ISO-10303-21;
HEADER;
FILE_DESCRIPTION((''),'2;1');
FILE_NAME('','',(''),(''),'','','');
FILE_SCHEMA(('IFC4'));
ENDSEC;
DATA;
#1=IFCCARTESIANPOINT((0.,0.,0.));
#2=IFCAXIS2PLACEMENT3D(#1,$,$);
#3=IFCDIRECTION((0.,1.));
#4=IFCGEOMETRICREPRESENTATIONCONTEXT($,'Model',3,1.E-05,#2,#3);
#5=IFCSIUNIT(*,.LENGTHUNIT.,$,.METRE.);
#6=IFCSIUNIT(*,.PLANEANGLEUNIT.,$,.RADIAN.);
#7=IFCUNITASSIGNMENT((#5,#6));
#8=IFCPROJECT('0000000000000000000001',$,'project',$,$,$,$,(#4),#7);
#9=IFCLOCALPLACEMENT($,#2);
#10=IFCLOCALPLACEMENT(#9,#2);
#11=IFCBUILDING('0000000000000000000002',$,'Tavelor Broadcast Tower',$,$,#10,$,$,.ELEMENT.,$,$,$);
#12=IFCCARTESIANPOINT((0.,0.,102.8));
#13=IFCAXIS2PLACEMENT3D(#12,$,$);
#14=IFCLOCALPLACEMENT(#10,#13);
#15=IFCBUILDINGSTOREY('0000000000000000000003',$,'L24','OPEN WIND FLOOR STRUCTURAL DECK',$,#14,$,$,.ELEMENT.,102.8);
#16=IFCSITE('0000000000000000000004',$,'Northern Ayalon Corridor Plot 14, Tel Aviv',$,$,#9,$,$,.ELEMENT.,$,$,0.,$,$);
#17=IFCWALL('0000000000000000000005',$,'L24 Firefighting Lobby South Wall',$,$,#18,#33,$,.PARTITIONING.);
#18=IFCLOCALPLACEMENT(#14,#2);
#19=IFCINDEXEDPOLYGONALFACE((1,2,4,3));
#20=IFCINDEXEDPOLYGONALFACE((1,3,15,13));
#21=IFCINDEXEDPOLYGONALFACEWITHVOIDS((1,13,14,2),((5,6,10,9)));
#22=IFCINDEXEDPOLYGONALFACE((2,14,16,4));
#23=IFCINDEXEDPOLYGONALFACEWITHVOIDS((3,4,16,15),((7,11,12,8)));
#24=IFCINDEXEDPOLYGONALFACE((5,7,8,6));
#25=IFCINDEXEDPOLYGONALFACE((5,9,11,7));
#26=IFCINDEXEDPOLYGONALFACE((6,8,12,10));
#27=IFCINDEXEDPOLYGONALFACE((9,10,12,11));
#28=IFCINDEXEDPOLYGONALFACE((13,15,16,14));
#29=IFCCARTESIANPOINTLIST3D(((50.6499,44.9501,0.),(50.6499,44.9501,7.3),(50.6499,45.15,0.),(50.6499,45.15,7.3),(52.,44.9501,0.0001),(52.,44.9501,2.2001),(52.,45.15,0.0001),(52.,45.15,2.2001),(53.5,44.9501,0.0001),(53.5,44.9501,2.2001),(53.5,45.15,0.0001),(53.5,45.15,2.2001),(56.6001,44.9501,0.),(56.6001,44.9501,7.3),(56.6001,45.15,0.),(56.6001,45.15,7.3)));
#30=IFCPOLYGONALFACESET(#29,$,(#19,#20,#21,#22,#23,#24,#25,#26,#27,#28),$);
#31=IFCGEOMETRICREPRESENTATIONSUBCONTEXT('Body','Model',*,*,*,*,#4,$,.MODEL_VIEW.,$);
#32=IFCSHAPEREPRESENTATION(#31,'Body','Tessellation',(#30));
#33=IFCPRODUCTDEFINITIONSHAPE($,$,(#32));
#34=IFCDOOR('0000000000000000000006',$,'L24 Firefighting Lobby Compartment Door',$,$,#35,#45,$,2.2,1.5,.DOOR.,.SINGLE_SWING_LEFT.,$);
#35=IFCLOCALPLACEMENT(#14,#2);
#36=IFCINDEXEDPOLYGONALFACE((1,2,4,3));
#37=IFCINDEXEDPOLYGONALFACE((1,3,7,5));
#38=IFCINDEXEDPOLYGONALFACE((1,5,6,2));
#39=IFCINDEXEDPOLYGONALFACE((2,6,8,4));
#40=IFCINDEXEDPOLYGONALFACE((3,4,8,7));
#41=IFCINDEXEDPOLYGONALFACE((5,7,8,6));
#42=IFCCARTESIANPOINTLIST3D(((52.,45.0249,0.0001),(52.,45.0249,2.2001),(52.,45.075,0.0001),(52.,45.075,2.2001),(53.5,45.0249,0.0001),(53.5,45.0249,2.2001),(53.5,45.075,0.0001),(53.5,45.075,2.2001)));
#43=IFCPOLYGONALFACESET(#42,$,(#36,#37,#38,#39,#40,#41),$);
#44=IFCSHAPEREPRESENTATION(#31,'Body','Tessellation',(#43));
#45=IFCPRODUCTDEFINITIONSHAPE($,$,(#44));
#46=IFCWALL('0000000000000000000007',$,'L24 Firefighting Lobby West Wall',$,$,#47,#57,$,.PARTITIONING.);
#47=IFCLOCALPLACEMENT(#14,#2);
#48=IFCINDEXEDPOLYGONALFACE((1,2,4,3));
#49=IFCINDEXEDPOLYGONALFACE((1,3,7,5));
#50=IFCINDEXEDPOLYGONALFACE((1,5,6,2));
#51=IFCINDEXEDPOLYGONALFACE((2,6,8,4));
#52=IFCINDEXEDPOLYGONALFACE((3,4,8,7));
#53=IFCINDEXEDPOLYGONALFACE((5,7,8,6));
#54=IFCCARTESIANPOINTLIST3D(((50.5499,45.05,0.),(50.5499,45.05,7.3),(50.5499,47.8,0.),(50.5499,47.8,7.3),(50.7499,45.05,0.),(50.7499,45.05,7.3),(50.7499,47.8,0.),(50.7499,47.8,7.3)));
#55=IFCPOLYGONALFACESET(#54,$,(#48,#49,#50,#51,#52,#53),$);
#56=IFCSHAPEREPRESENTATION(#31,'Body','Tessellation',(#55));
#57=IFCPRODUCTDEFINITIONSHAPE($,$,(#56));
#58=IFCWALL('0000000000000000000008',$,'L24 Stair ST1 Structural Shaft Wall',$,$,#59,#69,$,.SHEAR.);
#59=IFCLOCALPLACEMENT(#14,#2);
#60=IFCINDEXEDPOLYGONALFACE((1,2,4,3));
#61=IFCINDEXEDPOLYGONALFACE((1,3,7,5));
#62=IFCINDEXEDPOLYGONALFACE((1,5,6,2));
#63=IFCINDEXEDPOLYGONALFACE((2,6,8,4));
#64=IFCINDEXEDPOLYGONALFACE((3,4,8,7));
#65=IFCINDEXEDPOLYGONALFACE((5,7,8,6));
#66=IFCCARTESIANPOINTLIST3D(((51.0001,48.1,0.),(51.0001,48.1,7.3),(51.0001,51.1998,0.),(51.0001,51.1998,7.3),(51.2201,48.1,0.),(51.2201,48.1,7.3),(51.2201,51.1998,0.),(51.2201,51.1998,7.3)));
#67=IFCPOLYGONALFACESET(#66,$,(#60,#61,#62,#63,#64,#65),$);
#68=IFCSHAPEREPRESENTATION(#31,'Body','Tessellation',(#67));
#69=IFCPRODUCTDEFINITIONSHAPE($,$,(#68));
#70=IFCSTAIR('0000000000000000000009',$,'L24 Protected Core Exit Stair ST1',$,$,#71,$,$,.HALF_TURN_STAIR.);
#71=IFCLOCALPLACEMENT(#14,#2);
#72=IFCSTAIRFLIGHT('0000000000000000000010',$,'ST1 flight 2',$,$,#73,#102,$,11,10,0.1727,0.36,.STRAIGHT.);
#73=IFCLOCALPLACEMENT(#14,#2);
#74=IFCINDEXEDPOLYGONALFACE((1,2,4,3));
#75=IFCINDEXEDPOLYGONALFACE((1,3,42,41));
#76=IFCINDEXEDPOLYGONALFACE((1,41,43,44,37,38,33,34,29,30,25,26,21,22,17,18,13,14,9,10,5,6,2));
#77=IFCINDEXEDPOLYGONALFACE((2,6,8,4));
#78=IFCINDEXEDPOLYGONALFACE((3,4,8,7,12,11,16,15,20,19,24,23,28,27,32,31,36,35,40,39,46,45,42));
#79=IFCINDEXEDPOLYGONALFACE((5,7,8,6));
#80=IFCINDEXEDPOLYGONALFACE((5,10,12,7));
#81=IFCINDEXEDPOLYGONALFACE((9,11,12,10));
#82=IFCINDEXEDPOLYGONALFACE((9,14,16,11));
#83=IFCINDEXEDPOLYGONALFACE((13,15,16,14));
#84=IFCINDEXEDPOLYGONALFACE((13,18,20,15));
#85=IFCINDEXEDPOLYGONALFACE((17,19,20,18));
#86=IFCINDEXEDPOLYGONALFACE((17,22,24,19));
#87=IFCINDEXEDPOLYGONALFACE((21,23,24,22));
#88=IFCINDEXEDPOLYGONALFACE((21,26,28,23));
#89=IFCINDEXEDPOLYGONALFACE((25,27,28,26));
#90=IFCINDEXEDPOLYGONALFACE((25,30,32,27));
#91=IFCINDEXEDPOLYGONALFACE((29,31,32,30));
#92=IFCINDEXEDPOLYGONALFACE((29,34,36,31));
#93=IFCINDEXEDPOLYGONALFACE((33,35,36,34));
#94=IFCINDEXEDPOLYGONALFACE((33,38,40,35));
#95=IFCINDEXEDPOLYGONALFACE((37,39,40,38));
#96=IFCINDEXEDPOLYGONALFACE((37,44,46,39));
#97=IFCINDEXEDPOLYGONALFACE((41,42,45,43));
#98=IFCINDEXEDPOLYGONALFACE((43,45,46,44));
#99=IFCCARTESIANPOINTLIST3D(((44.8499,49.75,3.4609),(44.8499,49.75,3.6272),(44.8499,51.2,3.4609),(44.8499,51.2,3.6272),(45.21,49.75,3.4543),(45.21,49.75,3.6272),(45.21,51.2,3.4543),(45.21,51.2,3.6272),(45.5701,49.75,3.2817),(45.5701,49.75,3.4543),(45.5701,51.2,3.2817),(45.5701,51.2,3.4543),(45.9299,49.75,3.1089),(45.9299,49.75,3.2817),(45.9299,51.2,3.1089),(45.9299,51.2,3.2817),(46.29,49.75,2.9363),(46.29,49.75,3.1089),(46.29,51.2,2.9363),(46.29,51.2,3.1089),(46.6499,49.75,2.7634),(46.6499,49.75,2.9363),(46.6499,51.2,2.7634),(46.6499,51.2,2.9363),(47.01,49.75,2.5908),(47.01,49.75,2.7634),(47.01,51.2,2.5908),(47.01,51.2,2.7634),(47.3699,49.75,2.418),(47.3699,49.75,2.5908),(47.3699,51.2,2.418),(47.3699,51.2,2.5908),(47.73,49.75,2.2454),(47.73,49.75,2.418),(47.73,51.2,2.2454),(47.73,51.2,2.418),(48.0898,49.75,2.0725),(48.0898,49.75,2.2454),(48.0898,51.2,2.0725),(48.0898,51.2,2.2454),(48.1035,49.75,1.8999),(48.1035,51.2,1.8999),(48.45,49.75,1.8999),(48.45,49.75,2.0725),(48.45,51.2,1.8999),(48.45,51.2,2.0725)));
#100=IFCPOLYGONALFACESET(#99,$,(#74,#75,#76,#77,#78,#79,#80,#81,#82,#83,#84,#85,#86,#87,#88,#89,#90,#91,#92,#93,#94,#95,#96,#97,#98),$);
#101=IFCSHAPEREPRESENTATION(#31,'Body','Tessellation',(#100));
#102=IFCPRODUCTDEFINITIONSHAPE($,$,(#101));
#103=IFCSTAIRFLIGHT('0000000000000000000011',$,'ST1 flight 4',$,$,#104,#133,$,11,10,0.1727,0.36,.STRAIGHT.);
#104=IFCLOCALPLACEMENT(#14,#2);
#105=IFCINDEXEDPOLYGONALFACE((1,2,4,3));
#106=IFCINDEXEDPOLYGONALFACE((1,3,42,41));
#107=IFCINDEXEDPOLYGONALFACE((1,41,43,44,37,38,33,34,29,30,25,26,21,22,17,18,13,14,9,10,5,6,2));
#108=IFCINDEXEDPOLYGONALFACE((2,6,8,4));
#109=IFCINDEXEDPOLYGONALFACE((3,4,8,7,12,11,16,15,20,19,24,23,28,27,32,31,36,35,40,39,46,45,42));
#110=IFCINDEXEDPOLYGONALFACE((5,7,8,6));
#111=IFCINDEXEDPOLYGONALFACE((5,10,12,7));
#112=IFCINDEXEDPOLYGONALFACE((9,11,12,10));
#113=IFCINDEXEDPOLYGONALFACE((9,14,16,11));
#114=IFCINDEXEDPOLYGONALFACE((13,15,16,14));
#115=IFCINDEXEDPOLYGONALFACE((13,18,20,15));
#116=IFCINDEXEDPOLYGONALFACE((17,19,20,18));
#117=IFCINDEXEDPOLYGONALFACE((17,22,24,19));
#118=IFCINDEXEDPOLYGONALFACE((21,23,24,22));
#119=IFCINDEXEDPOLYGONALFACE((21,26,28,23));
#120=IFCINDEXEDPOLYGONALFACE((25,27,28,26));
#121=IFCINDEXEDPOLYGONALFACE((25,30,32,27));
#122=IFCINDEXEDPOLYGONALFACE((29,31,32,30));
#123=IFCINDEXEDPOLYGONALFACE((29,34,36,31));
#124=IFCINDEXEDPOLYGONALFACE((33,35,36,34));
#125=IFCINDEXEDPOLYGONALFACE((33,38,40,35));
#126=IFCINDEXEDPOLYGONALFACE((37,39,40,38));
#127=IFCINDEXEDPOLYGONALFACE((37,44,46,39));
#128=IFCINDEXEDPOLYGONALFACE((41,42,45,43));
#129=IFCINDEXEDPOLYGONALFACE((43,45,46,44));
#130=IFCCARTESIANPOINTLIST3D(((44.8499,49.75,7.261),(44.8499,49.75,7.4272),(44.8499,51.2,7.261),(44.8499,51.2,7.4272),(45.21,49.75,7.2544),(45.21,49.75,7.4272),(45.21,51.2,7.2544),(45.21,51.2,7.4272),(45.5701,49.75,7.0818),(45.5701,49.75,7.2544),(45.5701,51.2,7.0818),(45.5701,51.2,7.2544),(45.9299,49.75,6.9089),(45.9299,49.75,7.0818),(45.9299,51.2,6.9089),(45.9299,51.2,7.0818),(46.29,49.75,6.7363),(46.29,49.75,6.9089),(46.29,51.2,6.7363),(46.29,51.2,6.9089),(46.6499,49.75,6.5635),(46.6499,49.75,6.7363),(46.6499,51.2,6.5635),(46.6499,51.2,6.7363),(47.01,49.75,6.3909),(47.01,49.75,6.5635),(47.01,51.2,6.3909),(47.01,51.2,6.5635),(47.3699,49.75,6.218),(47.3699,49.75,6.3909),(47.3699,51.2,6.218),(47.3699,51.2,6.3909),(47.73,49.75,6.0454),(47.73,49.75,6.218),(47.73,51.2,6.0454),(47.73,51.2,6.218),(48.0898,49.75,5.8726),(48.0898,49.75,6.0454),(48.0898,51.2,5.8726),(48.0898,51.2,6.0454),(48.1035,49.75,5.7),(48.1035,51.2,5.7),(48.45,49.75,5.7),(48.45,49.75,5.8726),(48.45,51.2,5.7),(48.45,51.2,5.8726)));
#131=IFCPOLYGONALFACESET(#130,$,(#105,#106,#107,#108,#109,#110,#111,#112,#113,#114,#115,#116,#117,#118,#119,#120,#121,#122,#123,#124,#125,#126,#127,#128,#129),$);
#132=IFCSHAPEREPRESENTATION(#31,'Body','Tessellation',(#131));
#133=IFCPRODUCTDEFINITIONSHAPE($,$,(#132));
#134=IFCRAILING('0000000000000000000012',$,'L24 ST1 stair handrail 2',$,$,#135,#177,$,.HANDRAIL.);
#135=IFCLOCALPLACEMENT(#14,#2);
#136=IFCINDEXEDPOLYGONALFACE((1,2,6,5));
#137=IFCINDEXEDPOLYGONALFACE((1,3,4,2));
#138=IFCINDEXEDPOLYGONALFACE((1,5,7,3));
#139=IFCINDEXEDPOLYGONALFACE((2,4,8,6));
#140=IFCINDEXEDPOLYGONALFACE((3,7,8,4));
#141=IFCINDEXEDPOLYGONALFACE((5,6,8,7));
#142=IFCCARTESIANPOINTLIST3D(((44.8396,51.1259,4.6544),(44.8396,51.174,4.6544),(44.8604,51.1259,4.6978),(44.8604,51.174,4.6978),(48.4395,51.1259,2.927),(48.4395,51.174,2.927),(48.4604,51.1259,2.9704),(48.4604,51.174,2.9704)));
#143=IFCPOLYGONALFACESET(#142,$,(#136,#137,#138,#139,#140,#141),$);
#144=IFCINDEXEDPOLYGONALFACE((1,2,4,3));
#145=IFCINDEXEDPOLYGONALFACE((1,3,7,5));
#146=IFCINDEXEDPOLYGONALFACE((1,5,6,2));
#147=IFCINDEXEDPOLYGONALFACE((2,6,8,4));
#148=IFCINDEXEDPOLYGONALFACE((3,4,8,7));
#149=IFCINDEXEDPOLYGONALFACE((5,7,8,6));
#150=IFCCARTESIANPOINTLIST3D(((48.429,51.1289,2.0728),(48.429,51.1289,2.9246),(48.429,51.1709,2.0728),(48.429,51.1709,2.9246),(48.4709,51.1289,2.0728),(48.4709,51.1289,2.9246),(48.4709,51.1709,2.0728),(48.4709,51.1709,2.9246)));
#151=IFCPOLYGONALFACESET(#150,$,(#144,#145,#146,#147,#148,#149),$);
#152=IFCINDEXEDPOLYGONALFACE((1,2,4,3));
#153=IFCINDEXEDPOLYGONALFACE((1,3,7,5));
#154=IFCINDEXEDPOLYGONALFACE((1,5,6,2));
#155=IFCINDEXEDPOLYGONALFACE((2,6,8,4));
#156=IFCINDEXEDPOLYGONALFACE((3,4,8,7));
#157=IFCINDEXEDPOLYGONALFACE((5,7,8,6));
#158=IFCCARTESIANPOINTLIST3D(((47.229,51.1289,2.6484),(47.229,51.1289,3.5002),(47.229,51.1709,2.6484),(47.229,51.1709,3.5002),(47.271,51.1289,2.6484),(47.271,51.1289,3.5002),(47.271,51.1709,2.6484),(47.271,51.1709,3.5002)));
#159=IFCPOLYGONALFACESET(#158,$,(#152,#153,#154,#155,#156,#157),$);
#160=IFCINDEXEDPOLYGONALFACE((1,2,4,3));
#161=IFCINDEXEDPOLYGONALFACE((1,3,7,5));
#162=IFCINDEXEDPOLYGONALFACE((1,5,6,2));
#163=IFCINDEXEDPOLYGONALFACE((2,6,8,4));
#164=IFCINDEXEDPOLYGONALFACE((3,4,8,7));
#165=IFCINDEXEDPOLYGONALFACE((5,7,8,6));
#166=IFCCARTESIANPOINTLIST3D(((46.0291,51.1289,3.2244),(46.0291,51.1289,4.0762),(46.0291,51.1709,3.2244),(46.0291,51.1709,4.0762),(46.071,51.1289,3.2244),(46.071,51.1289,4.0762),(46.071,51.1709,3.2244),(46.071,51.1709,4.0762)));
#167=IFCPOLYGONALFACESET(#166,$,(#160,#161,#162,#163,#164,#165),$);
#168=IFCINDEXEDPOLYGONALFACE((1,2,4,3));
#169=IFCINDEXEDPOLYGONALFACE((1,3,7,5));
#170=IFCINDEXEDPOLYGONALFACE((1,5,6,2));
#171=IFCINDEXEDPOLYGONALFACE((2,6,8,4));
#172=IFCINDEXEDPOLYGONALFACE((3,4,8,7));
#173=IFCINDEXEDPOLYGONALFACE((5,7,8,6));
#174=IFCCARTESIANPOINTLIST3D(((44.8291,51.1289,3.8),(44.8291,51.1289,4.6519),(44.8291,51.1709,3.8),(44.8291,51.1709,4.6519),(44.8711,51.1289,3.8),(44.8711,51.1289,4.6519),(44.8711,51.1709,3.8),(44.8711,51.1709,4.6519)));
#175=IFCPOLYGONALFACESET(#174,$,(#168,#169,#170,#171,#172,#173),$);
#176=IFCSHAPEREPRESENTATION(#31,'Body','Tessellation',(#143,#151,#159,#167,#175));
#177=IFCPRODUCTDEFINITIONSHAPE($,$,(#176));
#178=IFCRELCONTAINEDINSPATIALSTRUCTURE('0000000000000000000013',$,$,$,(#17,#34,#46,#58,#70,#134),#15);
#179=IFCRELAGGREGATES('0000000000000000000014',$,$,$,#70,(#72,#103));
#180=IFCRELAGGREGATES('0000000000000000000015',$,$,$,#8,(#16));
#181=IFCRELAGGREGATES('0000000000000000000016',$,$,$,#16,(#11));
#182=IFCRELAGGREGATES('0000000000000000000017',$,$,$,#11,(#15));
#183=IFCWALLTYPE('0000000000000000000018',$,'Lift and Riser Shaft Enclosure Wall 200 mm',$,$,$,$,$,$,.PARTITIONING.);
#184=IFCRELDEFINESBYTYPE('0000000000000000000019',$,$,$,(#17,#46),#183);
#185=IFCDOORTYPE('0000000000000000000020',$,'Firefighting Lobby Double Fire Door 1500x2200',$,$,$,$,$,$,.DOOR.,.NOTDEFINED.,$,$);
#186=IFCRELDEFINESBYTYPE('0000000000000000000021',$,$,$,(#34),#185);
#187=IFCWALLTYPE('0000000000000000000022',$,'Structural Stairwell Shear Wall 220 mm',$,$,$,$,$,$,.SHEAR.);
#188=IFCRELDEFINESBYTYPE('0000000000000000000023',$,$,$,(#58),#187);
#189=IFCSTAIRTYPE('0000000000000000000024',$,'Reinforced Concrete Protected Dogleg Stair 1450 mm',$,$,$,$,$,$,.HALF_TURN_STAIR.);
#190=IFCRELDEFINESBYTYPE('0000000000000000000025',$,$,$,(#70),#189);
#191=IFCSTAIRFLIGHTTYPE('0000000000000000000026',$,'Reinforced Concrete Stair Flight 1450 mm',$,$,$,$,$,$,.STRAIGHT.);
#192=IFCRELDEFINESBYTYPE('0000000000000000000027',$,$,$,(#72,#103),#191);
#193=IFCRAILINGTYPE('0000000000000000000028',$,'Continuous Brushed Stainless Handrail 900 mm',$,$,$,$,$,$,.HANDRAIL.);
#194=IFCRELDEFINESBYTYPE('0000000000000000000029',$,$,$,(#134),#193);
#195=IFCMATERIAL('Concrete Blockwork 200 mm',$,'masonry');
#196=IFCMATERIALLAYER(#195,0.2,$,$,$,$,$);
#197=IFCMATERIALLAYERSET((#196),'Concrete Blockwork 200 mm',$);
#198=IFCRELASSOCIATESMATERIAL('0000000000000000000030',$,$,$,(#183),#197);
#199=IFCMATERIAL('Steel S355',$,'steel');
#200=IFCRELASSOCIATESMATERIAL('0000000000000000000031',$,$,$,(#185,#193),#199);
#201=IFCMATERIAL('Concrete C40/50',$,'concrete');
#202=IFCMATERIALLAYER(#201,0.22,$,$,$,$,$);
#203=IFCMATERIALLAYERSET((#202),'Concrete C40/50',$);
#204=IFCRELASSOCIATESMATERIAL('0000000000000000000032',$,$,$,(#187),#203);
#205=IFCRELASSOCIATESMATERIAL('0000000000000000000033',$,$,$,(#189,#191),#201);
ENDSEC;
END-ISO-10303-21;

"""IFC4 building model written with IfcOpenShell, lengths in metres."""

from ifc_helpers import new_model, si_unit, direction, frame, frame_2d, origin, origin_2d, place, context, subcontext, project, spatial, polyline, rectangle, outline, extrude, material, layer, layer_set, type_object, element, fill, aggregate, save


model = new_model("IFC4")

# Units and contexts
model_context = context("Model", 3, precision=1e-05, world=origin(), true_north=direction((0.0, 1.0)))
body_context = subcontext(model_context, "Body", "Model", "MODEL_VIEW")
ifc_project = project(units=[si_unit("LENGTHUNIT", "METRE"), si_unit("PLANEANGLEUNIT", "RADIAN")], contexts=[model_context])

# Site, building, storey
site_placement = place(None, origin())
site = spatial("IfcSite", under=ifc_project, at=site_placement, Name="Northern Ayalon Corridor Plot 14, Tel Aviv", CompositionType="ELEMENT", RefElevation=0.0)
building_placement = place(site_placement, origin())
building = spatial("IfcBuilding", under=site, at=building_placement, Name="Tavelor Broadcast Tower", CompositionType="ELEMENT")
storey_placement = place(building_placement, frame((0.0, 0.0, 102.8)))
storey = spatial("IfcBuildingStorey", under=building, at=storey_placement, Name="L24", Description="OPEN WIND FLOOR STRUCTURAL DECK", CompositionType="ELEMENT", Elevation=102.8)

# Shared definitions
ifc_material_1 = material(Name="Concrete C40/50", Category="concrete")
ifc_material_2 = material(Name="Steel S355", Category="steel")

# Shared definitions
ifc_material_3 = material(Name="Concrete Blockwork 200 mm", Category="masonry")
ifc_layer_1 = layer(ifc_material_3, 0.2)
ifc_layer_set_1 = layer_set([ifc_layer_1], Name="Concrete Blockwork 200 mm")
wall_type_1 = type_object("IfcWallType", Name="Lift and Riser Shaft Enclosure Wall 200 mm", PredefinedType="PARTITIONING", material=ifc_layer_set_1)

# Wall, opening, door
wall_1_placement = place(storey_placement, frame((50.6499, 45.05, 0.0), z_axis=(0.0, 0.0, 1.0), x_axis=(1.0, 0.0, 0.0)))
wall_1 = element("IfcWall", 1, at=wall_1_placement, inside=storey, type_object=wall_type_1, Name="L24 Firefighting Lobby South Wall", PredefinedType="PARTITIONING", context=body_context, shape_type="SweptSolid", body=[
    extrude(rectangle(XDim=5.9502, YDim=0.2, at=frame_2d((2.9751, 0.0))), origin(), (0.0, 0.0, 1.0), 7.3),
])
opening_placement = place(wall_1_placement, frame((1.3501, 0.0, 0.0)))
opening = element("IfcOpeningElement", 2, at=opening_placement, cuts=wall_1, PredefinedType="OPENING", context=body_context, shape_type="SweptSolid", body=[
    extrude(rectangle(XDim=1.5, YDim=2.2, at=frame_2d((0.75, 1.1001))), frame((0.0, 0.1099, 0.0), z_axis=(0.0, -1.0, 0.0), x_axis=(1.0, 0.0, 0.0)), (0.0, 0.0, 1.0), 0.22),
])
door_type = type_object("IfcDoorType", Name="Firefighting Lobby Double Fire Door 1500x2200", OperationType="NOTDEFINED", PredefinedType="DOOR", material=ifc_material_2)
door_placement = place(opening_placement, origin())
door = element("IfcDoor", 3, at=door_placement, inside=storey, type_object=door_type, Name="L24 Firefighting Lobby Compartment Door", OperationType="SINGLE_SWING_LEFT", OverallHeight=2.2, OverallWidth=1.5, PredefinedType="DOOR", context=body_context, shape_type="SweptSolid", body=[
    extrude(rectangle(XDim=1.5, YDim=2.2, at=frame_2d((0.75, 1.1001))), frame((0.0, 0.0249, 0.0), z_axis=(0.0, -1.0, 0.0), x_axis=(1.0, 0.0, 0.0)), (0.0, 0.0, 1.0), 0.05),
])
fill(opening, door)

# Walls
wall_2_placement = place(storey_placement, frame((50.6499, 45.05, 0.0), z_axis=(0.0, 0.0, 1.0), x_axis=(0.0, 1.0, 0.0)))
element("IfcWall", 4, at=wall_2_placement, inside=storey, type_object=wall_type_1, Name="L24 Firefighting Lobby West Wall", PredefinedType="PARTITIONING", context=body_context, shape_type="SweptSolid", body=[
    extrude(rectangle(XDim=2.75, YDim=0.2, at=frame_2d((1.375, 0.0))), origin(), (0.0, 0.0, 1.0), 7.3),
])
ifc_layer_2 = layer(ifc_material_1, 0.22)
ifc_layer_set_2 = layer_set([ifc_layer_2], Name="Concrete C40/50")
wall_type_2 = type_object("IfcWallType", Name="Structural Stairwell Shear Wall 220 mm", PredefinedType="SHEAR", material=ifc_layer_set_2)
wall_3_placement = place(storey_placement, frame((51.1101, 48.1001, 0.0), z_axis=(0.0, 0.0, 1.0), x_axis=(0.0, 1.0, 0.0)))
element("IfcWall", 5, at=wall_3_placement, inside=storey, type_object=wall_type_2, Name="L24 Stair ST1 Structural Shaft Wall", PredefinedType="SHEAR", context=body_context, shape_type="SweptSolid", body=[
    extrude(rectangle(XDim=3.0999, YDim=0.22, at=frame_2d((1.5498, 0.0))), origin(), (0.0, 0.0, 1.0), 7.3),
])

# Stair, stair flights
stair_type = type_object("IfcStairType", Name="Reinforced Concrete Protected Dogleg Stair 1450 mm", PredefinedType="HALF_TURN_STAIR", material=ifc_material_1)
stair_placement = place(storey_placement, origin())
stair = element("IfcStair", 6, at=stair_placement, inside=storey, type_object=stair_type, Name="L24 Protected Core Exit Stair ST1", PredefinedType="HALF_TURN_STAIR")
stair_flight_type = type_object("IfcStairFlightType", Name="Reinforced Concrete Stair Flight 1450 mm", PredefinedType="STRAIGHT", material=ifc_material_1)
stair_flight_1_placement = place(storey_placement, frame((48.45, 50.4751, 1.8999), z_axis=(0.0, 0.0, 1.0), x_axis=(-1.0, 0.0, 0.0)))
stair_flight_1 = element("IfcStairFlight", 7, at=stair_flight_1_placement, type_object=stair_flight_type, Name="ST1 flight 2", NumberOfRisers=11, NumberOfTreads=10, PredefinedType="STRAIGHT", RiserHeight=0.1727, TreadLength=0.36, context=body_context, shape_type="SweptSolid", body=[
    extrude(outline(polyline([(0.0, 0.0), (0.0, 0.1726), (0.3601, 0.1726), (0.3601, 0.3455), (0.72, 0.3455), (0.72, 0.5181), (1.0801, 0.5181), (1.0801, 0.6909), (1.4399, 0.6909), (1.4399, 0.8635), (1.8, 0.8635), (1.8, 1.0364), (2.1599, 1.0364), (2.1599, 1.209), (2.52, 1.209), (2.52, 1.3818), (2.8799, 1.3818), (2.8799, 1.5544), (3.24, 1.5544), (3.24, 1.7273), (3.6001, 1.7273), (3.6001, 1.8999), (3.6001, 1.561), (0.3464, 0.0), (0.0, 0.0)])), frame((0.0, 0.7251, 0.0), z_axis=(0.0, -1.0, 0.0), x_axis=(1.0, 0.0, 0.0)), (0.0, 0.0, 1.0), 1.45),
])
stair_flight_2_placement = place(storey_placement, frame((48.45, 50.4751, 5.7), z_axis=(0.0, 0.0, 1.0), x_axis=(-1.0, 0.0, 0.0)))
stair_flight_2 = element("IfcStairFlight", 8, at=stair_flight_2_placement, type_object=stair_flight_type, Name="ST1 flight 4", NumberOfRisers=11, NumberOfTreads=10, PredefinedType="STRAIGHT", RiserHeight=0.1727, TreadLength=0.36, context=body_context, shape_type="SweptSolid", body=[
    extrude(outline(polyline([(0.0, 0.0), (0.0, 0.1726), (0.3601, 0.1726), (0.3601, 0.3455), (0.72, 0.3455), (0.72, 0.5181), (1.0801, 0.5181), (1.0801, 0.6909), (1.4399, 0.6909), (1.4399, 0.8635), (1.8, 0.8635), (1.8, 1.0364), (2.1599, 1.0364), (2.1599, 1.209), (2.52, 1.209), (2.52, 1.3818), (2.8799, 1.3818), (2.8799, 1.5544), (3.24, 1.5544), (3.24, 1.7273), (3.6001, 1.7273), (3.6001, 1.8999), (3.6001, 1.561), (0.3464, 0.0), (0.0, 0.0)])), frame((0.0, 0.7251, 0.0), z_axis=(0.0, -1.0, 0.0), x_axis=(1.0, 0.0, 0.0)), (0.0, 0.0, 1.0), 1.45),
])
aggregate(stair, [stair_flight_1, stair_flight_2])

# Railing
railing_type_1 = type_object("IfcRailingType", Name="Continuous Brushed Stainless Handrail 900 mm", PredefinedType="HANDRAIL", material=ifc_material_2)
for number, where, name in (
    (9, (48.45, 51.1499, 2.0728), "L24 ST1 stair handrail 2"),
):
    element("IfcRailing", number, at=place(storey_placement, frame(where)), inside=storey, type_object=railing_type_1, Name=name, PredefinedType="HANDRAIL", context=body_context, shape_type="SweptSolid", body=[
        extrude(rectangle(XDim=0.0481, YDim=0.0481, at=origin_2d()), frame((0.0, 0.0, 0.876), z_axis=(-0.901585, 0.0, 0.432602), x_axis=(0.0, -1.0, 0.0)), (0.0, 0.0, 1.0), 3.9929),
        extrude(rectangle(XDim=0.042, YDim=0.042, at=origin_2d()), origin(), (0.0, 0.0, 1.0), 0.8518),
        extrude(rectangle(XDim=0.042, YDim=0.042, at=origin_2d()), frame((-1.2, 0.0, 0.5757)), (0.0, 0.0, 1.0), 0.8518),
        extrude(rectangle(XDim=0.042, YDim=0.042, at=origin_2d()), frame((-2.3999, 0.0, 1.1516)), (0.0, 0.0, 1.0), 0.8518),
        extrude(rectangle(XDim=0.042, YDim=0.042, at=origin_2d()), frame((-3.5999, 0.0, 1.7273)), (0.0, 0.0, 1.0), 0.8518),
    ])

save(model, "model.ifc")
